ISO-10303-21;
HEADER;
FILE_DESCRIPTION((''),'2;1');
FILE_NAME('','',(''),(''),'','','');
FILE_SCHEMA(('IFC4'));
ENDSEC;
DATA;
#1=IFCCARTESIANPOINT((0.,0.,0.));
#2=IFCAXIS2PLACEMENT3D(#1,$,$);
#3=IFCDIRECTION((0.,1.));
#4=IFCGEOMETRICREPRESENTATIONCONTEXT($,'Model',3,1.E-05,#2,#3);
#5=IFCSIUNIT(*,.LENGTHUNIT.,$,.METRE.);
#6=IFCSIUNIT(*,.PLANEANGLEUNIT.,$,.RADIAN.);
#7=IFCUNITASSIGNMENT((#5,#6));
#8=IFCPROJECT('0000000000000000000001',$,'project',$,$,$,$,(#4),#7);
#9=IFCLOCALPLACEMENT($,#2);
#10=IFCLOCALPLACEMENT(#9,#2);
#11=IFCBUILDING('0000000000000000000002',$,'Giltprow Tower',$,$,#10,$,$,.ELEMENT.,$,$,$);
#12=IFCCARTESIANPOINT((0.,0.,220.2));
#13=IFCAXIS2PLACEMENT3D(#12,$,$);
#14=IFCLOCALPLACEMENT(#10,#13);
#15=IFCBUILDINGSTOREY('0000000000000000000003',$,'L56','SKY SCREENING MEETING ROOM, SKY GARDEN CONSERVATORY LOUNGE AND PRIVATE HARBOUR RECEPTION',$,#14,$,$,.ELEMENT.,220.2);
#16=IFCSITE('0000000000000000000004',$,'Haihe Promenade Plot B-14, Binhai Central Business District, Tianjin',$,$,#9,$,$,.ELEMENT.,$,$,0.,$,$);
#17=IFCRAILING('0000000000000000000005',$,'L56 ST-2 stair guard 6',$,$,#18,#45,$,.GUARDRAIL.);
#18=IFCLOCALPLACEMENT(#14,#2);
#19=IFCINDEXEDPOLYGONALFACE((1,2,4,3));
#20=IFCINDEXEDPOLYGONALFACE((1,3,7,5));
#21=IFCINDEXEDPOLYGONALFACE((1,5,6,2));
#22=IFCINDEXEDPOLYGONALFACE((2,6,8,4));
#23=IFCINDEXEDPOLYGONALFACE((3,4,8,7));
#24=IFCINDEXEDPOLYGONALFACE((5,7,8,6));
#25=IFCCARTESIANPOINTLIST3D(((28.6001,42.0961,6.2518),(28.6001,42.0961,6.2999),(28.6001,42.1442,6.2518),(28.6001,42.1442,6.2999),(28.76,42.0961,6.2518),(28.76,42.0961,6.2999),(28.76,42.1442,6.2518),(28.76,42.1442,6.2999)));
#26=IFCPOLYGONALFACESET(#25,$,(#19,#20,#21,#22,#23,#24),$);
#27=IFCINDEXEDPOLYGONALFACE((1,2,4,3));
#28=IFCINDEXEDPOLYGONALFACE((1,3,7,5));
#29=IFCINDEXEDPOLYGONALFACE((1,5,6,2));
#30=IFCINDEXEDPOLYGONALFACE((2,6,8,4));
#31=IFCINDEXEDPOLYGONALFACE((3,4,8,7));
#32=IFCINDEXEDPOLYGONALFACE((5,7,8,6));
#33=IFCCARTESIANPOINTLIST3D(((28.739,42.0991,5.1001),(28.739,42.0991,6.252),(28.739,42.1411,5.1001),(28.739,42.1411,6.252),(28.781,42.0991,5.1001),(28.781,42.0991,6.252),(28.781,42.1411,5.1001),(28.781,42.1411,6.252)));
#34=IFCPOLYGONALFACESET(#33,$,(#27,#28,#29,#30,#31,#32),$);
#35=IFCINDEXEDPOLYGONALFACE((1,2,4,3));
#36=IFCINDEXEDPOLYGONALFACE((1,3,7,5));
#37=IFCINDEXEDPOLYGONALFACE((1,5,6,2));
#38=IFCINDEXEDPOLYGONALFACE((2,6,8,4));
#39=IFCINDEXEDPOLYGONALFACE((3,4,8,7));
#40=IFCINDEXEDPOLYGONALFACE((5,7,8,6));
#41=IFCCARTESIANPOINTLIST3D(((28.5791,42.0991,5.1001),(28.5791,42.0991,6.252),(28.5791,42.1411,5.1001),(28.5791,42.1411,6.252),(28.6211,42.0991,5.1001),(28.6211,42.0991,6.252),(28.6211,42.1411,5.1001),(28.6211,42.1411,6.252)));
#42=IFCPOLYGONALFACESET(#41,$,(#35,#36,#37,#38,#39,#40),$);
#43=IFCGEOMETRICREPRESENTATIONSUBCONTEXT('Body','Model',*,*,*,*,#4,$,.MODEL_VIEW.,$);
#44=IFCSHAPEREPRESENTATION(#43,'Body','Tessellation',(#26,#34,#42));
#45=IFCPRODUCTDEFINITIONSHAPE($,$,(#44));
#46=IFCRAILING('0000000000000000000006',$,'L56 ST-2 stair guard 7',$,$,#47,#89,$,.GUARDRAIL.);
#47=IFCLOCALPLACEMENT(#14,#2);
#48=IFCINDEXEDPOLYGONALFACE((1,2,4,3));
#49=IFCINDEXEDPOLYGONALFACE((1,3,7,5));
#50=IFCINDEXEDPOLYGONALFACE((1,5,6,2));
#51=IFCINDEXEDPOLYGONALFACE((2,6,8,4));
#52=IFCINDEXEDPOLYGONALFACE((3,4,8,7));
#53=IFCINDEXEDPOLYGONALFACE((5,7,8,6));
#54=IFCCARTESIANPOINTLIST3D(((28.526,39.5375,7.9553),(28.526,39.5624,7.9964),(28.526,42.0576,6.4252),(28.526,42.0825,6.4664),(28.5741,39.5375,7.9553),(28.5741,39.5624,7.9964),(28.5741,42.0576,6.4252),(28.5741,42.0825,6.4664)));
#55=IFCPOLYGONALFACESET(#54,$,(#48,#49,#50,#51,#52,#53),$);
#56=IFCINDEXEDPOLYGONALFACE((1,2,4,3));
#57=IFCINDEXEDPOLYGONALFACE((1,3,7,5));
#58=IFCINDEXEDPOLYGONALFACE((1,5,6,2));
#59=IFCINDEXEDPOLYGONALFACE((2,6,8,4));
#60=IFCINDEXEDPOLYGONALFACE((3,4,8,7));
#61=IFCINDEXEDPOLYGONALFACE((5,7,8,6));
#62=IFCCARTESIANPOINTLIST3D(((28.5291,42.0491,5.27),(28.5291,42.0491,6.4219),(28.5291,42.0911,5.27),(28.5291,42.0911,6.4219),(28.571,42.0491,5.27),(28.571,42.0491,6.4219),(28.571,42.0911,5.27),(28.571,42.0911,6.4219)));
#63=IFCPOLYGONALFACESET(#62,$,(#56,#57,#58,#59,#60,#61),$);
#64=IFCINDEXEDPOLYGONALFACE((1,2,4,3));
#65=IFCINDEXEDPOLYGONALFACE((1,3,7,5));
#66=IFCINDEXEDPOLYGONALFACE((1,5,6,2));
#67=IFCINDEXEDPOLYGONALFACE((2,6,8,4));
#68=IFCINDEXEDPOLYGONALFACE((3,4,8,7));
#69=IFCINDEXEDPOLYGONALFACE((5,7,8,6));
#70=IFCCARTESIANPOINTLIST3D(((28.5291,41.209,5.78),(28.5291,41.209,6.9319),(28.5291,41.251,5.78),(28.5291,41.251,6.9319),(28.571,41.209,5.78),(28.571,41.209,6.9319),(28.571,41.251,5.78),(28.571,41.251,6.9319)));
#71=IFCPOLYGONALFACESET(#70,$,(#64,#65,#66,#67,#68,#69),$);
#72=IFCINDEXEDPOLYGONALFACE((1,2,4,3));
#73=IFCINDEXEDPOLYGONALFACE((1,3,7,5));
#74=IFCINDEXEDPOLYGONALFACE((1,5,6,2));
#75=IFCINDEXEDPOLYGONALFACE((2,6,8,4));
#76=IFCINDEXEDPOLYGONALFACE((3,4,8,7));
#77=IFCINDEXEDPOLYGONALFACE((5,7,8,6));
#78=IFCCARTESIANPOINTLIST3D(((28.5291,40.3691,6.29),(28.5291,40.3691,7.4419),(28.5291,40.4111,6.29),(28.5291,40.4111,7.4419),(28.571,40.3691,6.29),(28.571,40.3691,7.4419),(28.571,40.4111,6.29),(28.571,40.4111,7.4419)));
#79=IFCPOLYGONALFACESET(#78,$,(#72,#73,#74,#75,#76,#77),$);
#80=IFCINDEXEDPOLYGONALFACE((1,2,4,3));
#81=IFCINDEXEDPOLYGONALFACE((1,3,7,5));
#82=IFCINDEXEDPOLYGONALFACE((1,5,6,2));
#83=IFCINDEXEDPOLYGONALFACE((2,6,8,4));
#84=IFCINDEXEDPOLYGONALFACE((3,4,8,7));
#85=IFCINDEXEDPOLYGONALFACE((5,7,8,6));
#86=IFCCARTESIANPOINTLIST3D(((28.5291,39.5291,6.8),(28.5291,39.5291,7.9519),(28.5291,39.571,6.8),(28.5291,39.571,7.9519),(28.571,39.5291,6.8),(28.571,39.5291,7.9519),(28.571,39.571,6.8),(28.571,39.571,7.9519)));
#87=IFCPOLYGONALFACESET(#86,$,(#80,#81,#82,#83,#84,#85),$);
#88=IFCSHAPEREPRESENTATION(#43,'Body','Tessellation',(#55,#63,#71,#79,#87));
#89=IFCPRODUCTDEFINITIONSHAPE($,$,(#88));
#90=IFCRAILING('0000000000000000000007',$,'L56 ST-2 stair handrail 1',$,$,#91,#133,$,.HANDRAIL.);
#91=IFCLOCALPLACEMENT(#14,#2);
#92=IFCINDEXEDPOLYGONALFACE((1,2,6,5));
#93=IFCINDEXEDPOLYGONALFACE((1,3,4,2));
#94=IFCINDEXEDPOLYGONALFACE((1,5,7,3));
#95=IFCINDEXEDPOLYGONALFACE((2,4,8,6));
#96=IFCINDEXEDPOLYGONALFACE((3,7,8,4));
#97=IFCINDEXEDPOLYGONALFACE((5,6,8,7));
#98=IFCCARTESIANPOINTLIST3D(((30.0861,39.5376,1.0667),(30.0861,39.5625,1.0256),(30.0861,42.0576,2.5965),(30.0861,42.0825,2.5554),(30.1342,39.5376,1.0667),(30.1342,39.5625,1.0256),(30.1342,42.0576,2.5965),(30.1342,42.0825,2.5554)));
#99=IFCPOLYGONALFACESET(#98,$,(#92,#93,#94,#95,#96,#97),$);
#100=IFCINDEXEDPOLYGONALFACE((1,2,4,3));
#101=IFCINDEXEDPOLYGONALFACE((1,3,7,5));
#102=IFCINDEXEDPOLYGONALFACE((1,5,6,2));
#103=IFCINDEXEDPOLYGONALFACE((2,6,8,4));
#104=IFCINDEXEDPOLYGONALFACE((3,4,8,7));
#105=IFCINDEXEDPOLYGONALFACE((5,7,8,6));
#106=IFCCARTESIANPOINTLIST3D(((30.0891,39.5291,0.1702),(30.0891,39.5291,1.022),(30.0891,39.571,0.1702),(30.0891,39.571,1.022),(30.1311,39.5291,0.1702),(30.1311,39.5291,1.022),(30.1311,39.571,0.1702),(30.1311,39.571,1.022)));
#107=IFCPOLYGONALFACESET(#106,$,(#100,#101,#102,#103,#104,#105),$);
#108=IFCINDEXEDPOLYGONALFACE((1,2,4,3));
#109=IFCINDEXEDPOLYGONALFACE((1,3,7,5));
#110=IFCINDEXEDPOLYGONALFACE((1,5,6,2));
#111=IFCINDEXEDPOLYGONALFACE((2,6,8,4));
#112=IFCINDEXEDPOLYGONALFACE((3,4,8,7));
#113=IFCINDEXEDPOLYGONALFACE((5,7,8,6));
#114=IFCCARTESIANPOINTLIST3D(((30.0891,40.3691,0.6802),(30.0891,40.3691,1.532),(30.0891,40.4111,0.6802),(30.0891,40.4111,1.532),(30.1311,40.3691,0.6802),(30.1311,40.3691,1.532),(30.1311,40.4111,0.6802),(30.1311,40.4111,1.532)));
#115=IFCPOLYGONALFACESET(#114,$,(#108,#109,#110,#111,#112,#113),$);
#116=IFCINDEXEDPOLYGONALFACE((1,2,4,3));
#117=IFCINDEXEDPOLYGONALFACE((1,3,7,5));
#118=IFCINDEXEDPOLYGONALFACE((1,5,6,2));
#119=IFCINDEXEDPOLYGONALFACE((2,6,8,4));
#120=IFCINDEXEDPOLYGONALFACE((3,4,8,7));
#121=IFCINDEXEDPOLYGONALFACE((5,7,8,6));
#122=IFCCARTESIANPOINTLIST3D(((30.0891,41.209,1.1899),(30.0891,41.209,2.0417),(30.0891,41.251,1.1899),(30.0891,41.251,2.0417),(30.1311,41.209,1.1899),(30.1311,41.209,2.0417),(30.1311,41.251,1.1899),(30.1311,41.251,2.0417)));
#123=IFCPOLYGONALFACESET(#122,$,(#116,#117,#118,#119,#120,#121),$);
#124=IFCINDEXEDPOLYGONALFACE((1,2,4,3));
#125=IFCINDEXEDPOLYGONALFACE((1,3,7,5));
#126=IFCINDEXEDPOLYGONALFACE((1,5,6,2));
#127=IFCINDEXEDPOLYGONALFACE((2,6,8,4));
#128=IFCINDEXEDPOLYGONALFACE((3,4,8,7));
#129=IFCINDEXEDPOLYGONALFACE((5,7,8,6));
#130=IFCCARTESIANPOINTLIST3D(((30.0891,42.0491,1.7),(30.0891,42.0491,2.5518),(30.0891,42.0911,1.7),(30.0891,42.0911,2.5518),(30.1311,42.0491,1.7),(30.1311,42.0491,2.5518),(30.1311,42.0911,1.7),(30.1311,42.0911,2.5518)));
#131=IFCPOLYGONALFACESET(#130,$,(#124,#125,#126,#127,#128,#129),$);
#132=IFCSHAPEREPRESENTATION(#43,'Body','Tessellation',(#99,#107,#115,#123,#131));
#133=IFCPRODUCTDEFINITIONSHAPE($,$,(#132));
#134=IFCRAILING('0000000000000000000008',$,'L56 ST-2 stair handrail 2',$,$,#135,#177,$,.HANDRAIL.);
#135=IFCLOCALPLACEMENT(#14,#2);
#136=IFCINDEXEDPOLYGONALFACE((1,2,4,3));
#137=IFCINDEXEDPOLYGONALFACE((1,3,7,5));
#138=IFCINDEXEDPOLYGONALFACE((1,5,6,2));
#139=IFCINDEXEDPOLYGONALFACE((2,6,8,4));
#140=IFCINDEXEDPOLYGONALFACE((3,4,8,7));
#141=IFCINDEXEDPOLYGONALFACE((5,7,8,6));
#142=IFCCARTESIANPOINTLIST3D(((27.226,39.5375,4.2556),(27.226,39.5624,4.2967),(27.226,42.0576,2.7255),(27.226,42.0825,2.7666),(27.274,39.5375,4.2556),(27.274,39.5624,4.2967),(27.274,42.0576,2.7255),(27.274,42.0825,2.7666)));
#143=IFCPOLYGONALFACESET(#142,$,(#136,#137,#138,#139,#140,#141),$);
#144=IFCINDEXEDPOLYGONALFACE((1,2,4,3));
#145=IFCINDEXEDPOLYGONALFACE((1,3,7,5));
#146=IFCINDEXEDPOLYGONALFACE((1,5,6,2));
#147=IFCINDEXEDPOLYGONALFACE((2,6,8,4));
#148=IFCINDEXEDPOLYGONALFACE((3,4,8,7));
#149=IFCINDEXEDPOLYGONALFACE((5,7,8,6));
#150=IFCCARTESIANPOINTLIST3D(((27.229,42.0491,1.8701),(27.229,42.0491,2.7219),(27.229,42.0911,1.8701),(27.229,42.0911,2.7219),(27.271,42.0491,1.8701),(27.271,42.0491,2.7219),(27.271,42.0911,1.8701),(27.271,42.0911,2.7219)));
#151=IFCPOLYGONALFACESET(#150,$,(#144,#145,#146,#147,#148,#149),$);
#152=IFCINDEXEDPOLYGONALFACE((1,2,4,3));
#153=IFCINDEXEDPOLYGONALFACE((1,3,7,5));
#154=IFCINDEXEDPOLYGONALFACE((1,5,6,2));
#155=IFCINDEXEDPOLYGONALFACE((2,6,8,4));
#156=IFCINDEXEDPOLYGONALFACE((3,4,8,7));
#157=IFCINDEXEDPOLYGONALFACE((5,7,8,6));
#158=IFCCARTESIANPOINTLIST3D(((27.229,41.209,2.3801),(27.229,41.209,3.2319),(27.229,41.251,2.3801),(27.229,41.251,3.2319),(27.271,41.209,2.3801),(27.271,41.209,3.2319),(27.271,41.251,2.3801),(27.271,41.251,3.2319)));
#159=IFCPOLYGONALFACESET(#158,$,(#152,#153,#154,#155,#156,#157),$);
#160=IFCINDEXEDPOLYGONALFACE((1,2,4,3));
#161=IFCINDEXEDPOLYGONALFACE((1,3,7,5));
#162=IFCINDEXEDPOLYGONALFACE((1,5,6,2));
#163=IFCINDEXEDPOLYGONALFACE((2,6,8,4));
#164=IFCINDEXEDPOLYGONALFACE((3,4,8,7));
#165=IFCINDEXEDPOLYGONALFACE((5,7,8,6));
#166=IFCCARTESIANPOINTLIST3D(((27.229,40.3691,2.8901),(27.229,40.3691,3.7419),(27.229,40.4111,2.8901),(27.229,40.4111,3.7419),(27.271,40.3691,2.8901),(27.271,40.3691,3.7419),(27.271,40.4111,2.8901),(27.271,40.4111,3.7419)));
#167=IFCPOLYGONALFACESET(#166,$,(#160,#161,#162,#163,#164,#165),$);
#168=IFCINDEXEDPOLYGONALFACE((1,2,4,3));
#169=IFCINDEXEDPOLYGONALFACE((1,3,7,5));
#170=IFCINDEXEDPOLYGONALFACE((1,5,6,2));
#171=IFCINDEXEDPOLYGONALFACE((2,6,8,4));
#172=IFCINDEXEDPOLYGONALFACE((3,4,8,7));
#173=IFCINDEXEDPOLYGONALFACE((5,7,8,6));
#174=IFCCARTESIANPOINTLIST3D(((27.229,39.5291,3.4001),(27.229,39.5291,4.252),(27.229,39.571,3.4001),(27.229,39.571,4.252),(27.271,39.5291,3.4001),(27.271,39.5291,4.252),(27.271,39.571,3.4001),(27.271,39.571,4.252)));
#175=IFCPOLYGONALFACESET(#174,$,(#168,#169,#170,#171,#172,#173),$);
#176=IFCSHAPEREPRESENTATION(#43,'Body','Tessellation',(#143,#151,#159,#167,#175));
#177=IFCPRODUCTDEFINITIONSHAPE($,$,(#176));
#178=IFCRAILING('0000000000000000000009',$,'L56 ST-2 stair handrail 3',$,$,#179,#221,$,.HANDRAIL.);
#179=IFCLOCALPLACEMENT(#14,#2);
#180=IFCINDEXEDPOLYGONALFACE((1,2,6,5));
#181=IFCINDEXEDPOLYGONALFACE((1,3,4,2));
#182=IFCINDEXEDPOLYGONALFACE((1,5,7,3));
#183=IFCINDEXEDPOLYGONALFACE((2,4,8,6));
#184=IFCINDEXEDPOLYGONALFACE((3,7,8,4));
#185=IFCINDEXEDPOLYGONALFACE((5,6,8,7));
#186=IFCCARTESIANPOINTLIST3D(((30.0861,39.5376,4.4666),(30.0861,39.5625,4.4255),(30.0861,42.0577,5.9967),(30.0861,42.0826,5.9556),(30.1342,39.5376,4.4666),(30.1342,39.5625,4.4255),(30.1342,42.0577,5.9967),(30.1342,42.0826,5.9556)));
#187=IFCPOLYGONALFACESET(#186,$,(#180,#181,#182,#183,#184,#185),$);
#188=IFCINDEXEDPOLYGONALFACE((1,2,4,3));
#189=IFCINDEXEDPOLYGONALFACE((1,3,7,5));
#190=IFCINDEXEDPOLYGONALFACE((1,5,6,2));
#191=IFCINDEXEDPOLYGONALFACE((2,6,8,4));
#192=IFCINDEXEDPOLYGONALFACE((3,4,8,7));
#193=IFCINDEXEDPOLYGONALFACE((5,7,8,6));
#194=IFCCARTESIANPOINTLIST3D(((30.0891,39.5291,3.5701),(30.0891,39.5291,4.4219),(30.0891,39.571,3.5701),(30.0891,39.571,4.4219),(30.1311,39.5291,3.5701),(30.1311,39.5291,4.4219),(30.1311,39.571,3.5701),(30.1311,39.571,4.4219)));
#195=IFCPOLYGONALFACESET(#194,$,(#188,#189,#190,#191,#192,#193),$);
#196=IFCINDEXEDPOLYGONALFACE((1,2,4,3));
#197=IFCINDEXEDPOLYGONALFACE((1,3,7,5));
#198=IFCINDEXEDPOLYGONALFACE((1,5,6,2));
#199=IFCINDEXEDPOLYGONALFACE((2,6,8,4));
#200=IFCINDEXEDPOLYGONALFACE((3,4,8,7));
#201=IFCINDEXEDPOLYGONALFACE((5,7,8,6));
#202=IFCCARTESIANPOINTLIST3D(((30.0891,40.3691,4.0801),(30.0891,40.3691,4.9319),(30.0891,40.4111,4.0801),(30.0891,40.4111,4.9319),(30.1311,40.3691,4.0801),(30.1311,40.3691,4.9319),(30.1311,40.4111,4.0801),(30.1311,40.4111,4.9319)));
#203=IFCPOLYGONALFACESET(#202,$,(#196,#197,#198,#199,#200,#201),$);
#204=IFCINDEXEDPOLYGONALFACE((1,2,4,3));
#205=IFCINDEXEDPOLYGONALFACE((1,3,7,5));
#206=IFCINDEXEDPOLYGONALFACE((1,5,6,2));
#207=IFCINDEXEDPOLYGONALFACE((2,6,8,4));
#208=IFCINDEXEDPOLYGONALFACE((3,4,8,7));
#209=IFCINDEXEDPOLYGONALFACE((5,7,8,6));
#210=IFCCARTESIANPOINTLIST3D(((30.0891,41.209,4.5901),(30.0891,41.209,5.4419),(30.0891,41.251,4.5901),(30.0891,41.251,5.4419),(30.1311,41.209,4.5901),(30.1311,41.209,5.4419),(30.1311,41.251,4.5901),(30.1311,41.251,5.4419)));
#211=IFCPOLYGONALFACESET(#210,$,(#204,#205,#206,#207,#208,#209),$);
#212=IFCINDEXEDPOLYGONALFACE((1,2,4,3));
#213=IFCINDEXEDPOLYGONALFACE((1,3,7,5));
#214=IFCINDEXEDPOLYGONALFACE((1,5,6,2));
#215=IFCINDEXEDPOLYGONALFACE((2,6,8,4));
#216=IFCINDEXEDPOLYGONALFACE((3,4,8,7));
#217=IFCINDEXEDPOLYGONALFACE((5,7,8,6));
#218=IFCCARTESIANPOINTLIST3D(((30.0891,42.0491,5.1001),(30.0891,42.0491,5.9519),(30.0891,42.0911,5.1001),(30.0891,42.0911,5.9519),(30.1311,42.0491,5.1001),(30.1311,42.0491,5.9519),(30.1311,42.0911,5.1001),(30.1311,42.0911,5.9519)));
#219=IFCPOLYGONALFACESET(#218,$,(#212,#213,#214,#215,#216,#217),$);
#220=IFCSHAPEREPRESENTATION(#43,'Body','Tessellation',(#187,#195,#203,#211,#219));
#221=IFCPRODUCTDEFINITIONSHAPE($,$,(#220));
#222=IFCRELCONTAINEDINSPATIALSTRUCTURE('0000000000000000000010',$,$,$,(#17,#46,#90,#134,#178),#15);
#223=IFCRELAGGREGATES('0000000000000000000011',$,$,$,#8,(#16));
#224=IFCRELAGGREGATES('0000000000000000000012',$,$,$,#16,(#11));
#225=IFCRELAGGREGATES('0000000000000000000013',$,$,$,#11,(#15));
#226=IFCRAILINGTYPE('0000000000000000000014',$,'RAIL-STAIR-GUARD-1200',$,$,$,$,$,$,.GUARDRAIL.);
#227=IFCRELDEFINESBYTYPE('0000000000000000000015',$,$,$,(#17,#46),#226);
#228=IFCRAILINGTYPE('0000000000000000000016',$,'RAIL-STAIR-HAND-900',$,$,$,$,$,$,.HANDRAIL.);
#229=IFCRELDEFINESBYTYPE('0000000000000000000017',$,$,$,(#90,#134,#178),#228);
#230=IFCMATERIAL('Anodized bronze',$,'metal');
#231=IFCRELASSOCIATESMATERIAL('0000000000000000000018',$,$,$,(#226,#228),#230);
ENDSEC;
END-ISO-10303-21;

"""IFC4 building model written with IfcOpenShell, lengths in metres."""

from ifc_helpers import new_model, si_unit, direction, frame, origin, origin_2d, place, context, subcontext, project, spatial, rectangle, extrude, material, type_object, element, save


model = new_model("IFC4")

# Units and contexts
model_context = context("Model", 3, precision=1e-05, world=origin(), true_north=direction((0.0, 1.0)))
body_context = subcontext(model_context, "Body", "Model", "MODEL_VIEW")
ifc_project = project(units=[si_unit("LENGTHUNIT", "METRE"), si_unit("PLANEANGLEUNIT", "RADIAN")], contexts=[model_context])

# Site, building, storey
site_placement = place(None, origin())
site = spatial("IfcSite", under=ifc_project, at=site_placement, Name="Haihe Promenade Plot B-14, Binhai Central Business District, Tianjin", CompositionType="ELEMENT", RefElevation=0.0)
building_placement = place(site_placement, origin())
building = spatial("IfcBuilding", under=site, at=building_placement, Name="Giltprow Tower", CompositionType="ELEMENT")
storey_placement = place(building_placement, frame((0.0, 0.0, 220.2)))
storey = spatial("IfcBuildingStorey", under=building, at=storey_placement, Name="L56", Description="SKY SCREENING MEETING ROOM, SKY GARDEN CONSERVATORY LOUNGE AND PRIVATE HARBOUR RECEPTION", CompositionType="ELEMENT", Elevation=220.2)

# Railings
ifc_material_1 = material(Name="Anodized bronze", Category="metal")
railing_type_1 = type_object("IfcRailingType", Name="RAIL-STAIR-GUARD-1200", PredefinedType="GUARDRAIL", material=ifc_material_1)
railing_1_placement = place(storey_placement, frame((28.76, 42.1201, 5.1001)))
element("IfcRailing", 1, at=railing_1_placement, inside=storey, type_object=railing_type_1, Name="L56 ST-2 stair guard 6", PredefinedType="GUARDRAIL", context=body_context, shape_type="SweptSolid", body=[
    extrude(rectangle(XDim=0.0481, YDim=0.0481, at=origin_2d()), frame((0.0, 0.0, 1.1758), z_axis=(-1.0, 0.0, 0.0), x_axis=(0.0, -1.0, 0.0)), (0.0, 0.0, 1.0), 0.1599),
    extrude(rectangle(XDim=0.042, YDim=0.042, at=origin_2d()), origin(), (0.0, 0.0, 1.0), 1.1519),
    extrude(rectangle(XDim=0.042, YDim=0.042, at=origin_2d()), frame((-0.1599, 0.0, 0.0)), (0.0, 0.0, 1.0), 1.1519),
])
railing_2_placement = place(storey_placement, frame((28.55, 42.0701, 5.27)))
element("IfcRailing", 2, at=railing_2_placement, inside=storey, type_object=railing_type_1, Name="L56 ST-2 stair guard 7", PredefinedType="GUARDRAIL", context=body_context, shape_type="SweptSolid", body=[
    extrude(rectangle(XDim=0.0481, YDim=0.0481, at=origin_2d()), frame((0.0, 0.0, 1.1758), z_axis=(0.0, -0.854785, 0.518982), x_axis=(1.0, 0.0, 0.0)), (0.0, 0.0, 1.0), 2.9482),
    extrude(rectangle(XDim=0.042, YDim=0.042, at=origin_2d()), origin(), (0.0, 0.0, 1.0), 1.1519),
    extrude(rectangle(XDim=0.042, YDim=0.042, at=origin_2d()), frame((0.0, -0.8401, 0.51)), (0.0, 0.0, 1.0), 1.1519),
    extrude(rectangle(XDim=0.042, YDim=0.042, at=origin_2d()), frame((0.0, -1.6799, 1.02)), (0.0, 0.0, 1.0), 1.1519),
    extrude(rectangle(XDim=0.042, YDim=0.042, at=origin_2d()), frame((0.0, -2.52, 1.53)), (0.0, 0.0, 1.0), 1.1519),
])
railing_type_2 = type_object("IfcRailingType", Name="RAIL-STAIR-HAND-900", PredefinedType="HANDRAIL", material=ifc_material_1)
railing_3_placement = place(storey_placement, frame((30.1101, 39.55, 0.1702)))
element("IfcRailing", 3, at=railing_3_placement, inside=storey, type_object=railing_type_2, Name="L56 ST-2 stair handrail 1", PredefinedType="HANDRAIL", context=body_context, shape_type="SweptSolid", body=[
    extrude(rectangle(XDim=0.0481, YDim=0.0481, at=origin_2d()), frame((0.0, 0.0, 0.876), z_axis=(0.0, 0.854822, 0.518922), x_axis=(-1.0, 0.0, 0.0)), (0.0, 0.0, 1.0), 2.948),
    extrude(rectangle(XDim=0.042, YDim=0.042, at=origin_2d()), origin(), (0.0, 0.0, 1.0), 0.8518),
    extrude(rectangle(XDim=0.042, YDim=0.042, at=origin_2d()), frame((0.0, 0.8401, 0.51)), (0.0, 0.0, 1.0), 0.8518),
    extrude(rectangle(XDim=0.042, YDim=0.042, at=origin_2d()), frame((0.0, 1.6799, 1.0198)), (0.0, 0.0, 1.0), 0.8518),
    extrude(rectangle(XDim=0.042, YDim=0.042, at=origin_2d()), frame((0.0, 2.52, 1.5298)), (0.0, 0.0, 1.0), 0.8518),
])
railing_4_placement = place(storey_placement, frame((27.25, 42.0701, 1.8701)))
element("IfcRailing", 4, at=railing_4_placement, inside=storey, type_object=railing_type_2, Name="L56 ST-2 stair handrail 2", PredefinedType="HANDRAIL", context=body_context, shape_type="SweptSolid", body=[
    extrude(rectangle(XDim=0.0481, YDim=0.0481, at=origin_2d()), frame((0.0, 0.0, 0.876), z_axis=(0.0, -0.854785, 0.518982), x_axis=(1.0, 0.0, 0.0)), (0.0, 0.0, 1.0), 2.9482),
    extrude(rectangle(XDim=0.042, YDim=0.042, at=origin_2d()), origin(), (0.0, 0.0, 1.0), 0.8518),
    extrude(rectangle(XDim=0.042, YDim=0.042, at=origin_2d()), frame((0.0, -0.8401, 0.51)), (0.0, 0.0, 1.0), 0.8518),
    extrude(rectangle(XDim=0.042, YDim=0.042, at=origin_2d()), frame((0.0, -1.6799, 1.02)), (0.0, 0.0, 1.0), 0.8518),
    extrude(rectangle(XDim=0.042, YDim=0.042, at=origin_2d()), frame((0.0, -2.52, 1.53)), (0.0, 0.0, 1.0), 0.8518),
])
railing_5_placement = place(storey_placement, frame((30.1101, 39.55, 3.5701)))
element("IfcRailing", 5, at=railing_5_placement, inside=storey, type_object=railing_type_2, Name="L56 ST-2 stair handrail 3", PredefinedType="HANDRAIL", context=body_context, shape_type="SweptSolid", body=[
    extrude(rectangle(XDim=0.0481, YDim=0.0481, at=origin_2d()), frame((0.0, 0.0, 0.876), z_axis=(0.0, 0.854785, 0.518982), x_axis=(-1.0, 0.0, 0.0)), (0.0, 0.0, 1.0), 2.9482),
    extrude(rectangle(XDim=0.042, YDim=0.042, at=origin_2d()), origin(), (0.0, 0.0, 1.0), 0.8518),
    extrude(rectangle(XDim=0.042, YDim=0.042, at=origin_2d()), frame((0.0, 0.8401, 0.51)), (0.0, 0.0, 1.0), 0.8518),
    extrude(rectangle(XDim=0.042, YDim=0.042, at=origin_2d()), frame((0.0, 1.6799, 1.02)), (0.0, 0.0, 1.0), 0.8518),
    extrude(rectangle(XDim=0.042, YDim=0.042, at=origin_2d()), frame((0.0, 2.52, 1.53)), (0.0, 0.0, 1.0), 0.8518),
])

save(model, "model.ifc")
